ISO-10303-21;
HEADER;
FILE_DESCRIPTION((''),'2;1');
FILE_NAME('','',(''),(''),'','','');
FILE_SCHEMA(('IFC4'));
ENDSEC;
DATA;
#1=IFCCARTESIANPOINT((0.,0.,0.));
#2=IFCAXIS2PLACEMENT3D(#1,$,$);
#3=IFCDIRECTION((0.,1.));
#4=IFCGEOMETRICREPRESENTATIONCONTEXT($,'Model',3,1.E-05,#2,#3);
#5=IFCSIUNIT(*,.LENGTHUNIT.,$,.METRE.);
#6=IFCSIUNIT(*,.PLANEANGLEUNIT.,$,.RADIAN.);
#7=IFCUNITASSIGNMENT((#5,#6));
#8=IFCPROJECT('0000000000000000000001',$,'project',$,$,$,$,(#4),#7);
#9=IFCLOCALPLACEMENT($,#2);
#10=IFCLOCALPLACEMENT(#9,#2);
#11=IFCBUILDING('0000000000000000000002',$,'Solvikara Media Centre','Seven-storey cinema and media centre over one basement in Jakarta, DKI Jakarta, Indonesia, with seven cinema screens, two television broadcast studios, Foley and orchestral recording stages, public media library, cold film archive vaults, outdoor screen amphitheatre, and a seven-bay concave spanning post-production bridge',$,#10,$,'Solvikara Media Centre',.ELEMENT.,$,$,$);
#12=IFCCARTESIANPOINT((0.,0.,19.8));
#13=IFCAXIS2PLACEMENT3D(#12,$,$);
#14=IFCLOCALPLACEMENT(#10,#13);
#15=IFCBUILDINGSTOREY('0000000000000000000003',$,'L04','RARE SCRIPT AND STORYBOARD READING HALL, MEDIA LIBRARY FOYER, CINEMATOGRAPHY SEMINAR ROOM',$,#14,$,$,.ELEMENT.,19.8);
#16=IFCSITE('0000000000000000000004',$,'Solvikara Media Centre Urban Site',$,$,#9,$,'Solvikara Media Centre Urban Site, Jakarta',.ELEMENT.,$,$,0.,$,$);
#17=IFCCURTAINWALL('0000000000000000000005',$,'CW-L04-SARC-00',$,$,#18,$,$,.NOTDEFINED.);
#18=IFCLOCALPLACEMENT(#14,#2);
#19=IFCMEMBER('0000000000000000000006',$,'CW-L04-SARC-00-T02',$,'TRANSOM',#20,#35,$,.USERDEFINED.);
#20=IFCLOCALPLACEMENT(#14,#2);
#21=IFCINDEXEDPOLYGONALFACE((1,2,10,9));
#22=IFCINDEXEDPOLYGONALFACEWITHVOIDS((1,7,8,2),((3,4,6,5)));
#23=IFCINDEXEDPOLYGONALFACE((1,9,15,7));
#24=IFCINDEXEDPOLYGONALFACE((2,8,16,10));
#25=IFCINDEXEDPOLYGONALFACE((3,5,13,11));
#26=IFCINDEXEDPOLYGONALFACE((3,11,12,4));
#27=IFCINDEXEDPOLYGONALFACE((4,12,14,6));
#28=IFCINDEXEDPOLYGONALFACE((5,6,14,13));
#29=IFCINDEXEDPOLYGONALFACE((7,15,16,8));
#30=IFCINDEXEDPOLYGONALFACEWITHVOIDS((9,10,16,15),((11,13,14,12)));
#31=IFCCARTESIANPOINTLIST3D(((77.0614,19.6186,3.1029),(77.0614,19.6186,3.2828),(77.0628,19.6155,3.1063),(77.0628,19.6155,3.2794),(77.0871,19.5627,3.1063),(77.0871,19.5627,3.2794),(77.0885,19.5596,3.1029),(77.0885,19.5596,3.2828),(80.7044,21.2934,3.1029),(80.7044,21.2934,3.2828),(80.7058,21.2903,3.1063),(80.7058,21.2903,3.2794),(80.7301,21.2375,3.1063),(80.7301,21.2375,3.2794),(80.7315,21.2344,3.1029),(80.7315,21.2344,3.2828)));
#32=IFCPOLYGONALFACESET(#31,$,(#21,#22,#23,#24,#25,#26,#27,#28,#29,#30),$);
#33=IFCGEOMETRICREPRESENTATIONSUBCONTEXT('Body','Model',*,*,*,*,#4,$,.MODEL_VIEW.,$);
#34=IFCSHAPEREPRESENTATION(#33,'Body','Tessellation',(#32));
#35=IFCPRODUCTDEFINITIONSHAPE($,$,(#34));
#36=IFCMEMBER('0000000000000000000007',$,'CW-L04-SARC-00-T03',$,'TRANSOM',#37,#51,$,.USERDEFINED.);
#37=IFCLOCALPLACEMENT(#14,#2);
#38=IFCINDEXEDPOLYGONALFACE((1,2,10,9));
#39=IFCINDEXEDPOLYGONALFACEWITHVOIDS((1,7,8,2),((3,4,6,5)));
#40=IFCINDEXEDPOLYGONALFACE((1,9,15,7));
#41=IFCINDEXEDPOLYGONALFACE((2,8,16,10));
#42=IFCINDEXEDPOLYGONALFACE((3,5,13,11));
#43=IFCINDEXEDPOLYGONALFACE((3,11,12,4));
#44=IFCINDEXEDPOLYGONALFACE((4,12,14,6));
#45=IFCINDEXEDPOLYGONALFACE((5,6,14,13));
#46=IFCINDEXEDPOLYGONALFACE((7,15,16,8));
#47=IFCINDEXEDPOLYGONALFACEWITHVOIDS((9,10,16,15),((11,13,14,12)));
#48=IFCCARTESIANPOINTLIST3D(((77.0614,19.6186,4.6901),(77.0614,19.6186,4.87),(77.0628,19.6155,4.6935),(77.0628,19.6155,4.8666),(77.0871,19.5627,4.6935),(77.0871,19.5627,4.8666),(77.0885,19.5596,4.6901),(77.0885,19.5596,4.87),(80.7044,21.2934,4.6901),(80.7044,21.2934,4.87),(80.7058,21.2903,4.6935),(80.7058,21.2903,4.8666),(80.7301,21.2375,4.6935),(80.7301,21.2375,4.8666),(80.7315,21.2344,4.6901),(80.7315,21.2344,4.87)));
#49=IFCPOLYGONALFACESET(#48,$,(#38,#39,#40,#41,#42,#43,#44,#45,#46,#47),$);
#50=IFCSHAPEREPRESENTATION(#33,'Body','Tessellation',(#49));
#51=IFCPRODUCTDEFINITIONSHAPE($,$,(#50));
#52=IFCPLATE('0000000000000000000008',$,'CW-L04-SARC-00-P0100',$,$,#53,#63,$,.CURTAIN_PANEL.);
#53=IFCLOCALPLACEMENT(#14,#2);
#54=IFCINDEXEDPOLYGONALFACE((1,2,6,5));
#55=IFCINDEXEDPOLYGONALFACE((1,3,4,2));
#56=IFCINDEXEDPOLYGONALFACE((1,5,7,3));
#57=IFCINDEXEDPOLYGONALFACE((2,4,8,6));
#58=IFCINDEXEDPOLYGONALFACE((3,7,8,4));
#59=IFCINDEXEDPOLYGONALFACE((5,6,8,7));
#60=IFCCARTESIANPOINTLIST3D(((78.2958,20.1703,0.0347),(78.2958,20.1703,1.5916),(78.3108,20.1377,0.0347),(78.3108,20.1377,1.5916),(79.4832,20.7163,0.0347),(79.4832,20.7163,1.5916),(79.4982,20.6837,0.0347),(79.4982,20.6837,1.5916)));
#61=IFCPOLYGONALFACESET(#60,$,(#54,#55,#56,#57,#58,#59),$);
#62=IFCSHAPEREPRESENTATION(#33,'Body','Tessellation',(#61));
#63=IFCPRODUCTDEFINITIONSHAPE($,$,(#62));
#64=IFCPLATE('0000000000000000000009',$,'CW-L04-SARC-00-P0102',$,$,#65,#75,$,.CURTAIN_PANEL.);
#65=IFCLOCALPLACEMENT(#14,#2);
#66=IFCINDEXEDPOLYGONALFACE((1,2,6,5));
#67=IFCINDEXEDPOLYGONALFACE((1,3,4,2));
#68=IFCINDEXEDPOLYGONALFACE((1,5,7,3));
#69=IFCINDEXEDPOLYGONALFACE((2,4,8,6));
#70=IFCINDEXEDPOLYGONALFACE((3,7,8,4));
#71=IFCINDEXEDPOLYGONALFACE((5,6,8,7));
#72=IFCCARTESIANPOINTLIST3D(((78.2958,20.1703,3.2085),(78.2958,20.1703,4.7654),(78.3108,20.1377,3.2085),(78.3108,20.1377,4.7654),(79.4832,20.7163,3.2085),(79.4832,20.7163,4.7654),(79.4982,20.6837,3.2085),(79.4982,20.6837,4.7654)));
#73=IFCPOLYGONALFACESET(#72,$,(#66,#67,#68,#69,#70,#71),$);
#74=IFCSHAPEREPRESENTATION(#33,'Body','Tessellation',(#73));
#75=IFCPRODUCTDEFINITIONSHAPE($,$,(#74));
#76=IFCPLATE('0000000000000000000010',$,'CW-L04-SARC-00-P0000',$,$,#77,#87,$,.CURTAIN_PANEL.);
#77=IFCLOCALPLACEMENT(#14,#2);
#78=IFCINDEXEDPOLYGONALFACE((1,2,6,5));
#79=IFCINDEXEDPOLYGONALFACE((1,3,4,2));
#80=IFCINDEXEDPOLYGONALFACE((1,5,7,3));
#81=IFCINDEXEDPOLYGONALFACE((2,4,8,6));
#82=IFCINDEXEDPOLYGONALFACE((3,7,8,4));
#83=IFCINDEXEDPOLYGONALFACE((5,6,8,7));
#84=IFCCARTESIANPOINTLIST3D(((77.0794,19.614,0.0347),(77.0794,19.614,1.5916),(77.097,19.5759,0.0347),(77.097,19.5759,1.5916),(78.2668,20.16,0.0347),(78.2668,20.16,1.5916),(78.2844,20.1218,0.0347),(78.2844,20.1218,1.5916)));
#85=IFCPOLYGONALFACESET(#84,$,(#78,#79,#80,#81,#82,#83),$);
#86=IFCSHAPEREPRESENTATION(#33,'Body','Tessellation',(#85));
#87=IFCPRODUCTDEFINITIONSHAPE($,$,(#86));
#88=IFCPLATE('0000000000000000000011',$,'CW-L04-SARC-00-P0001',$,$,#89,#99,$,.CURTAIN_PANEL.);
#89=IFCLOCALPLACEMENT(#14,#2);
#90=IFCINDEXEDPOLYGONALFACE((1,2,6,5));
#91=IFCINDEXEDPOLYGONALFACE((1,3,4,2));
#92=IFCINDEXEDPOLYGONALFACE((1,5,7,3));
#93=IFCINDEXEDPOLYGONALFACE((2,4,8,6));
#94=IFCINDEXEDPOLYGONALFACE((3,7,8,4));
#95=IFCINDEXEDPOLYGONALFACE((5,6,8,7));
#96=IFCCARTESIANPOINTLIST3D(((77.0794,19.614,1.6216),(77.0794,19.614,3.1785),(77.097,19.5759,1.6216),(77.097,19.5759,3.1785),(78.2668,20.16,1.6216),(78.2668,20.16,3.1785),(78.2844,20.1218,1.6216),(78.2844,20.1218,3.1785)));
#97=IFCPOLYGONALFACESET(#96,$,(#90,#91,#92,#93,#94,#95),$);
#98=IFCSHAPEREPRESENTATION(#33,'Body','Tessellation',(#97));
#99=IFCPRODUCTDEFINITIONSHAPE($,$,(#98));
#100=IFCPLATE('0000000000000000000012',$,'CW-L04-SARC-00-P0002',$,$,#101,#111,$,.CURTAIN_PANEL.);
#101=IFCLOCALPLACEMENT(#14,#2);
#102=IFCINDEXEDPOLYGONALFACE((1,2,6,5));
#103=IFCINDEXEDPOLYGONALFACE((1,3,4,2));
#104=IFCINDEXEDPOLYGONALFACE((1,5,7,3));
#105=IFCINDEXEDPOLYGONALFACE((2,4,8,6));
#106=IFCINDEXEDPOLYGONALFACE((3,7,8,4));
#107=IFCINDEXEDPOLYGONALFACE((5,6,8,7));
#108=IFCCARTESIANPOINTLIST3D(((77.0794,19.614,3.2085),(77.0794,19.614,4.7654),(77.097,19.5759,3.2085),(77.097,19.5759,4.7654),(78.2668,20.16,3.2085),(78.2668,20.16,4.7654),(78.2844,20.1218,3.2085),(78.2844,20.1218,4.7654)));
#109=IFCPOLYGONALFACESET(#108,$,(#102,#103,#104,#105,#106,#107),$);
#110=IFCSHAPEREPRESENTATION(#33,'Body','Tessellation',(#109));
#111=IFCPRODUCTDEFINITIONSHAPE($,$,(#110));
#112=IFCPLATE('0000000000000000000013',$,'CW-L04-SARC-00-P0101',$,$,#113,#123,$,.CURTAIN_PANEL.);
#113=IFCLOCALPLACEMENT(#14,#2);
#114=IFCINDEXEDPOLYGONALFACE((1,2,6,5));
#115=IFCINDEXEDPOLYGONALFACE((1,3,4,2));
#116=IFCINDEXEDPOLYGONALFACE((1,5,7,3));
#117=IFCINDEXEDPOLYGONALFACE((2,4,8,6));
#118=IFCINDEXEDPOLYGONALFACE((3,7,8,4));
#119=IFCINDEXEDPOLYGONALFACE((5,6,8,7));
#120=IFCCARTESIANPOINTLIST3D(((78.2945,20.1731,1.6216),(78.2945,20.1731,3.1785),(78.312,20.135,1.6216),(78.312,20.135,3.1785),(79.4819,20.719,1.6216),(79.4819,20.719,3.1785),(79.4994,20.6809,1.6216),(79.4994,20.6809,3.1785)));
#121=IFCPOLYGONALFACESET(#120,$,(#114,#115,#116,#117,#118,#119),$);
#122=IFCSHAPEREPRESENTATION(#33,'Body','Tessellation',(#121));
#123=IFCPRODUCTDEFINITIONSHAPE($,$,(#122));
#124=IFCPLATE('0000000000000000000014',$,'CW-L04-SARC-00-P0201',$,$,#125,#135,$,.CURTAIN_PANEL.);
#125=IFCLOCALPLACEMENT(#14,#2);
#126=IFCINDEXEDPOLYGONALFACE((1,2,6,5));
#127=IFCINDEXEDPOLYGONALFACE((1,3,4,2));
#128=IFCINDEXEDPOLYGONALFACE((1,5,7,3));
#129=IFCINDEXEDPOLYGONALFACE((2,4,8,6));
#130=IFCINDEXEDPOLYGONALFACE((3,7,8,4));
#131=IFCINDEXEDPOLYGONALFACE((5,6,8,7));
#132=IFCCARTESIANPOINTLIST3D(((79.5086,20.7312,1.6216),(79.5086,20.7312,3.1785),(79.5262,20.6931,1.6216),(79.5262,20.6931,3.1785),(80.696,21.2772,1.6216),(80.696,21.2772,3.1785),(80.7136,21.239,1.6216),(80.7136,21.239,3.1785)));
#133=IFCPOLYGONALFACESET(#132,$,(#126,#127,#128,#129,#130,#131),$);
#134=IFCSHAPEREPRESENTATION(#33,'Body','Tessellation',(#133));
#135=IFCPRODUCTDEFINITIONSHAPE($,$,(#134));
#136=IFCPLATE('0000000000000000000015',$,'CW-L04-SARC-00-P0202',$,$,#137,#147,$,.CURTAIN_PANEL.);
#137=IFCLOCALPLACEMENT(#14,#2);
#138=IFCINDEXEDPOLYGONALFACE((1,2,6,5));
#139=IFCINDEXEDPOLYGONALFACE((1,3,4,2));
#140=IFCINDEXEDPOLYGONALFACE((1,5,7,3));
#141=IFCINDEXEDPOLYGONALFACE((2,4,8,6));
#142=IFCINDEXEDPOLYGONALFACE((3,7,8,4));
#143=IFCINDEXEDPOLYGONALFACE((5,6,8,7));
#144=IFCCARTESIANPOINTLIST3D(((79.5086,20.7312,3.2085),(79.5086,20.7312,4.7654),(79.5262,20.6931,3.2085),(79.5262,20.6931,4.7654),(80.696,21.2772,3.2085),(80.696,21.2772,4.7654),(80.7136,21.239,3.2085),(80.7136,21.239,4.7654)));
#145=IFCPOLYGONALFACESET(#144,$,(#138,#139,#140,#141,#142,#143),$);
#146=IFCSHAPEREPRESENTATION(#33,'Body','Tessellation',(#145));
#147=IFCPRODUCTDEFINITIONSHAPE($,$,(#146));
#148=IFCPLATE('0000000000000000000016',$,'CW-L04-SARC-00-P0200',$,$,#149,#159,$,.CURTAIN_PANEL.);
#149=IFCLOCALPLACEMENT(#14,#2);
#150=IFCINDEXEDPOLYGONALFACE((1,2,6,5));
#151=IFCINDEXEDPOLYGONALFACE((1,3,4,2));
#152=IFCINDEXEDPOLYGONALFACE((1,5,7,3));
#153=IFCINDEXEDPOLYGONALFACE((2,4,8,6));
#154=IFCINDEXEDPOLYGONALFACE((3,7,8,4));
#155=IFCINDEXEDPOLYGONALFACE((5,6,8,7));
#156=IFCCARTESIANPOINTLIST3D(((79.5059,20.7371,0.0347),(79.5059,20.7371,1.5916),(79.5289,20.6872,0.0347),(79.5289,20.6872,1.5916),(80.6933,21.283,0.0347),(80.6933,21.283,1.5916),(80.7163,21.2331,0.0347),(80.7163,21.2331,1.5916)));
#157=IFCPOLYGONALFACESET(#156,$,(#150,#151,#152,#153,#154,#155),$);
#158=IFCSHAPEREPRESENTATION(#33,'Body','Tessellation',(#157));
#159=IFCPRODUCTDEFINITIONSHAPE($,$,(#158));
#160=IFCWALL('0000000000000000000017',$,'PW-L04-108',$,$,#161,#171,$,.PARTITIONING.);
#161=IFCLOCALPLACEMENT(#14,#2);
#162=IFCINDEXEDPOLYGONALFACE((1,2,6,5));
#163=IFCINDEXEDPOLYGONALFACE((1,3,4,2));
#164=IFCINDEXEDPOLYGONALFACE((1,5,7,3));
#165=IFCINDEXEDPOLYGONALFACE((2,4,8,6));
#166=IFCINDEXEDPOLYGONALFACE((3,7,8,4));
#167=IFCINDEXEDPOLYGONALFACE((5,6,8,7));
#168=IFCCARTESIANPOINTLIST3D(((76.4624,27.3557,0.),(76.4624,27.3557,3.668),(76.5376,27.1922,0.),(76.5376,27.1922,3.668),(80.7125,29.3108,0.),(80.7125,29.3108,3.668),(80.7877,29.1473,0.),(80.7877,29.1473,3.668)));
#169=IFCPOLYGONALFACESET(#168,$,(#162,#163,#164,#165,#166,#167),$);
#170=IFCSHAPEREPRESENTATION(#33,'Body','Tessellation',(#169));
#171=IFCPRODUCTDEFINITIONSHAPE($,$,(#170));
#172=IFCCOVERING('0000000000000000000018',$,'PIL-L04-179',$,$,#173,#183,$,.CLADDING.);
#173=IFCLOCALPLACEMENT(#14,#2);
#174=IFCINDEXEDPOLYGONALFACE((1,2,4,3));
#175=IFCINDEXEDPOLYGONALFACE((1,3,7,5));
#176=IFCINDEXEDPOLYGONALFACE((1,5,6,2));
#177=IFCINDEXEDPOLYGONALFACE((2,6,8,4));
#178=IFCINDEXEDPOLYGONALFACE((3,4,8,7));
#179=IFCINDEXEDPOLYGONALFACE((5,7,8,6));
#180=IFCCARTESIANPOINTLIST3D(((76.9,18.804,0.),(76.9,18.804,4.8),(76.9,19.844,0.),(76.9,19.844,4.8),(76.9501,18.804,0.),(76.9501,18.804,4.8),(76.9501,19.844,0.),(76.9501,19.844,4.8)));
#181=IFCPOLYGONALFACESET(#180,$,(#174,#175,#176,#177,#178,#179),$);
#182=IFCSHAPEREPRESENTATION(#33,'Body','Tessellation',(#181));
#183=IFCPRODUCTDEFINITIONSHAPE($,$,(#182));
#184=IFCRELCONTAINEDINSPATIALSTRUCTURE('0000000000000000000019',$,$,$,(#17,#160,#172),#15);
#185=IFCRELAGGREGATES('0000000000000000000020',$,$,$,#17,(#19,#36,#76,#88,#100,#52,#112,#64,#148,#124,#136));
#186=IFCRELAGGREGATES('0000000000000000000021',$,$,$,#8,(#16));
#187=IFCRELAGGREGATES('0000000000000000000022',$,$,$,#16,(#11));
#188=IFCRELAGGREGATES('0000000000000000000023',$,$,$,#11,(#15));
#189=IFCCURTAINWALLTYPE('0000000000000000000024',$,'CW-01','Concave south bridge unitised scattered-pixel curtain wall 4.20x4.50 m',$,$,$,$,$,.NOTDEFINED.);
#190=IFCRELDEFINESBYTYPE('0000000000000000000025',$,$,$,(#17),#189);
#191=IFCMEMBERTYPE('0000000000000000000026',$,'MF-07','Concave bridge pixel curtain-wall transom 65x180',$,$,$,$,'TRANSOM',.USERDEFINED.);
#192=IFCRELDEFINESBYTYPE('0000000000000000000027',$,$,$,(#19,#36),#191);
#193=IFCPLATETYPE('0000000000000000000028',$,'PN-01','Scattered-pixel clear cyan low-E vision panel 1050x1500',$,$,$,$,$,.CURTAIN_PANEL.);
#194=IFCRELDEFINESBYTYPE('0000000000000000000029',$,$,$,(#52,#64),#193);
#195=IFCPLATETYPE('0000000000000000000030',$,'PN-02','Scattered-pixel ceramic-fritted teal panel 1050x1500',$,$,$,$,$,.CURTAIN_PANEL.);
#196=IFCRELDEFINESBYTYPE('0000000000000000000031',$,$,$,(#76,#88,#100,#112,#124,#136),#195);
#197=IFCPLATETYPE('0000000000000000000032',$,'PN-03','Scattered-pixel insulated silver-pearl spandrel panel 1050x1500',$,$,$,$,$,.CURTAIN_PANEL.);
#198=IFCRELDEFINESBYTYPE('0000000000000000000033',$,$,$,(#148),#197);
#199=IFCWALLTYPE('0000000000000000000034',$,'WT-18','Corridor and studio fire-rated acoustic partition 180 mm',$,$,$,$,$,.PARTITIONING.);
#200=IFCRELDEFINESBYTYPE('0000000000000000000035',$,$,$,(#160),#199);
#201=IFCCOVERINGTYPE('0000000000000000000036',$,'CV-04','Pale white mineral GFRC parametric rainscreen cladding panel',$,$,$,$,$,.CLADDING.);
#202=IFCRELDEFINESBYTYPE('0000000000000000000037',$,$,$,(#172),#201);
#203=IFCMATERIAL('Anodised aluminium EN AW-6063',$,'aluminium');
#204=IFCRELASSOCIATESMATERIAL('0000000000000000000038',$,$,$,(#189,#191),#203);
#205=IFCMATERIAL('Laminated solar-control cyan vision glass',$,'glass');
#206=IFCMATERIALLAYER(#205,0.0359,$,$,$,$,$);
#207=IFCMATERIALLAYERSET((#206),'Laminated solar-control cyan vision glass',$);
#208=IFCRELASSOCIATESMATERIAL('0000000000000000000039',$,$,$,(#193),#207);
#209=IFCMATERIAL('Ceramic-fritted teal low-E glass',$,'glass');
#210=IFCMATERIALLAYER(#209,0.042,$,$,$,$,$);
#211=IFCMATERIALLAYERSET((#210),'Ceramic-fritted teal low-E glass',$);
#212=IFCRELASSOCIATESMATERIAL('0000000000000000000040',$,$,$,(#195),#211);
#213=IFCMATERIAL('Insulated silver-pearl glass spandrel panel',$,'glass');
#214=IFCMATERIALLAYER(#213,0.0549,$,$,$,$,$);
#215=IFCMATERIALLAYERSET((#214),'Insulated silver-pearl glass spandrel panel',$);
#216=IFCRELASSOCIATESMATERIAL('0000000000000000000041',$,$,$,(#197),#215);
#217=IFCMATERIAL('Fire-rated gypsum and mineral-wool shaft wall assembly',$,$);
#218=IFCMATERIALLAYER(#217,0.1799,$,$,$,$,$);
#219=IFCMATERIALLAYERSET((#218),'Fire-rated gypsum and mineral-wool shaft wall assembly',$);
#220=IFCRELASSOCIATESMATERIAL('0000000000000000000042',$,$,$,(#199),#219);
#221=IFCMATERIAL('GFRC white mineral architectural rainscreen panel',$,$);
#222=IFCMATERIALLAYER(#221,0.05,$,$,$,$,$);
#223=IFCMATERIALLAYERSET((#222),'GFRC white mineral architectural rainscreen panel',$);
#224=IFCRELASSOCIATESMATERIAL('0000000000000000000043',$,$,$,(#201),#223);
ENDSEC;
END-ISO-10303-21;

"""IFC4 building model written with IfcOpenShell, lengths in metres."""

from ifc_helpers import new_model, si_unit, direction, frame, frame_2d, origin, origin_2d, place, context, subcontext, project, spatial, rectangle, hollow_rectangle, extrude, material, layer, layer_set, material_profile, profile_set, type_object, element, aggregate, save


model = new_model("IFC4")

# Units and contexts
model_context = context("Model", 3, precision=1e-05, world=origin(), true_north=direction((0.0, 1.0)))
body_context = subcontext(model_context, "Body", "Model", "MODEL_VIEW")
ifc_project = project(units=[si_unit("LENGTHUNIT", "METRE"), si_unit("PLANEANGLEUNIT", "RADIAN")], contexts=[model_context])

# Site, building, storey
site_placement = place(None, origin())
site = spatial("IfcSite", under=ifc_project, at=site_placement, Name="Solvikara Media Centre Urban Site", LongName="Solvikara Media Centre Urban Site, Jakarta", CompositionType="ELEMENT", RefElevation=0.0)
building_placement = place(site_placement, origin())
building = spatial("IfcBuilding", under=site, at=building_placement, Name="Solvikara Media Centre", Description="Seven-storey cinema and media centre over one basement in Jakarta, DKI Jakarta, Indonesia, with seven cinema screens, two television broadcast studios, Foley and orchestral recording stages, public media library, cold film archive vaults, outdoor screen amphitheatre, and a seven-bay concave spanning post-production bridge", LongName="Solvikara Media Centre", CompositionType="ELEMENT")
storey_placement = place(building_placement, frame((0.0, 0.0, 19.8)))
storey = spatial("IfcBuildingStorey", under=building, at=storey_placement, Name="L04", Description="RARE SCRIPT AND STORYBOARD READING HALL, MEDIA LIBRARY FOYER, CINEMATOGRAPHY SEMINAR ROOM", CompositionType="ELEMENT", Elevation=19.8)

# Curtain wall, members, plates
ifc_material_1 = material(Name="Anodised aluminium EN AW-6063", Category="aluminium")
curtain_wall_type = type_object("IfcCurtainWallType", Name="CW-01", Description="Concave south bridge unitised scattered-pixel curtain wall 4.20x4.50 m", PredefinedType="NOTDEFINED", material=ifc_material_1)
curtain_wall_placement = place(storey_placement, origin())
curtain_wall = element("IfcCurtainWall", 1, at=curtain_wall_placement, inside=storey, type_object=curtain_wall_type, Name="CW-L04-SARC-00", PredefinedType="NOTDEFINED")
ifc_material_profile_1 = material_profile(ifc_material_1, hollow_rectangle(XDim=0.0649, YDim=0.1799, WallThickness=0.0034, at=origin_2d()), Name="ALU-T 65x180x3.5")
ifc_profile_set_1 = profile_set([ifc_material_profile_1], Name="Anodised aluminium EN AW-6063")
member_type_1 = type_object("IfcMemberType", Name="MF-07", Description="Concave bridge pixel curtain-wall transom 65x180", ElementType="TRANSOM", PredefinedType="USERDEFINED", material=ifc_profile_set_1)
member_1_placement = place(storey_placement, frame((77.075, 19.5891, 3.1929), z_axis=(0.908586, 0.417699, 0.0), x_axis=(-0.417699, 0.908586, 0.0)))
member_1 = element("IfcMember", 2, at=member_1_placement, type_object=member_type_1, Name="CW-L04-SARC-00-T02", ObjectType="TRANSOM", PredefinedType="USERDEFINED", context=body_context, shape_type="SweptSolid", body=[
    extrude(hollow_rectangle(XDim=0.0649, YDim=0.1799, WallThickness=0.0034, at=origin_2d()), origin(), (0.0, 0.0, 1.0), 4.0095),
])
member_2_placement = place(storey_placement, frame((77.075, 19.5891, 4.78), z_axis=(0.908586, 0.417699, 0.0), x_axis=(-0.417699, 0.908586, 0.0)))
member_2 = element("IfcMember", 3, at=member_2_placement, type_object=member_type_1, Name="CW-L04-SARC-00-T03", ObjectType="TRANSOM", PredefinedType="USERDEFINED", context=body_context, shape_type="SweptSolid", body=[
    extrude(hollow_rectangle(XDim=0.0649, YDim=0.1799, WallThickness=0.0034, at=origin_2d()), origin(), (0.0, 0.0, 1.0), 4.0095),
])
ifc_material_2 = material(Name="Laminated solar-control cyan vision glass", Category="glass")
ifc_layer_1 = layer(ifc_material_2, 0.0359)
ifc_layer_set_1 = layer_set([ifc_layer_1], Name="Laminated solar-control cyan vision glass")
plate_type_1 = type_object("IfcPlateType", Name="PN-01", Description="Scattered-pixel clear cyan low-E vision panel 1050x1500", PredefinedType="CURTAIN_PANEL", material=ifc_layer_set_1)
plate_1_placement = place(storey_placement, frame((78.897, 20.427, 0.0347), z_axis=(0.0, 0.0, 1.0), x_axis=(0.908567, 0.41774, 0.0)))
plate_1 = element("IfcPlate", 4, at=plate_1_placement, type_object=plate_type_1, Name="CW-L04-SARC-00-P0100", PredefinedType="CURTAIN_PANEL", context=body_context, shape_type="SweptSolid", body=[
    extrude(rectangle(XDim=1.3069, YDim=0.0359, at=origin_2d()), origin(), (0.0, 0.0, 1.0), 1.5569),
])
plate_2_placement = place(storey_placement, frame((78.897, 20.427, 3.2085), z_axis=(0.0, 0.0, 1.0), x_axis=(0.908567, 0.41774, 0.0)))
plate_2 = element("IfcPlate", 5, at=plate_2_placement, type_object=plate_type_1, Name="CW-L04-SARC-00-P0102", PredefinedType="CURTAIN_PANEL", context=body_context, shape_type="SweptSolid", body=[
    extrude(rectangle(XDim=1.3069, YDim=0.0359, at=origin_2d()), origin(), (0.0, 0.0, 1.0), 1.5569),
])
ifc_material_3 = material(Name="Ceramic-fritted teal low-E glass", Category="glass")
ifc_layer_2 = layer(ifc_material_3, 0.042)
ifc_layer_set_2 = layer_set([ifc_layer_2], Name="Ceramic-fritted teal low-E glass")
plate_type_2 = type_object("IfcPlateType", Name="PN-02", Description="Scattered-pixel ceramic-fritted teal panel 1050x1500", PredefinedType="CURTAIN_PANEL", material=ifc_layer_set_2)
plate_3_placement = place(storey_placement, frame((77.6819, 19.8679, 0.0347), z_axis=(0.0, 0.0, 1.0), x_axis=(0.908567, 0.41774, 0.0)))
plate_3 = element("IfcPlate", 6, at=plate_3_placement, type_object=plate_type_2, Name="CW-L04-SARC-00-P0000", PredefinedType="CURTAIN_PANEL", context=body_context, shape_type="SweptSolid", body=[
    extrude(rectangle(XDim=1.3069, YDim=0.042, at=origin_2d()), origin(), (0.0, 0.0, 1.0), 1.5569),
])
plate_4_placement = place(storey_placement, frame((77.6819, 19.8679, 1.6216), z_axis=(0.0, 0.0, 1.0), x_axis=(0.908567, 0.41774, 0.0)))
plate_4 = element("IfcPlate", 7, at=plate_4_placement, type_object=plate_type_2, Name="CW-L04-SARC-00-P0001", PredefinedType="CURTAIN_PANEL", context=body_context, shape_type="SweptSolid", body=[
    extrude(rectangle(XDim=1.3069, YDim=0.042, at=origin_2d()), origin(), (0.0, 0.0, 1.0), 1.5569),
])
plate_5_placement = place(storey_placement, frame((77.6819, 19.8679, 3.2085), z_axis=(0.0, 0.0, 1.0), x_axis=(0.908567, 0.41774, 0.0)))
plate_5 = element("IfcPlate", 8, at=plate_5_placement, type_object=plate_type_2, Name="CW-L04-SARC-00-P0002", PredefinedType="CURTAIN_PANEL", context=body_context, shape_type="SweptSolid", body=[
    extrude(rectangle(XDim=1.3069, YDim=0.042, at=origin_2d()), origin(), (0.0, 0.0, 1.0), 1.5569),
])
plate_6_placement = place(storey_placement, frame((78.897, 20.427, 1.6216), z_axis=(0.0, 0.0, 1.0), x_axis=(0.908567, 0.41774, 0.0)))
plate_6 = element("IfcPlate", 9, at=plate_6_placement, type_object=plate_type_2, Name="CW-L04-SARC-00-P0101", PredefinedType="CURTAIN_PANEL", context=body_context, shape_type="SweptSolid", body=[
    extrude(rectangle(XDim=1.3069, YDim=0.042, at=origin_2d()), origin(), (0.0, 0.0, 1.0), 1.5569),
])
plate_7_placement = place(storey_placement, frame((80.1111, 20.9851, 1.6216), z_axis=(0.0, 0.0, 1.0), x_axis=(0.908567, 0.41774, 0.0)))
plate_7 = element("IfcPlate", 10, at=plate_7_placement, type_object=plate_type_2, Name="CW-L04-SARC-00-P0201", PredefinedType="CURTAIN_PANEL", context=body_context, shape_type="SweptSolid", body=[
    extrude(rectangle(XDim=1.3069, YDim=0.042, at=origin_2d()), origin(), (0.0, 0.0, 1.0), 1.5569),
])
plate_8_placement = place(storey_placement, frame((80.1111, 20.9851, 3.2085), z_axis=(0.0, 0.0, 1.0), x_axis=(0.908567, 0.41774, 0.0)))
plate_8 = element("IfcPlate", 11, at=plate_8_placement, type_object=plate_type_2, Name="CW-L04-SARC-00-P0202", PredefinedType="CURTAIN_PANEL", context=body_context, shape_type="SweptSolid", body=[
    extrude(rectangle(XDim=1.3069, YDim=0.042, at=origin_2d()), origin(), (0.0, 0.0, 1.0), 1.5569),
])
ifc_material_4 = material(Name="Insulated silver-pearl glass spandrel panel", Category="glass")
ifc_layer_3 = layer(ifc_material_4, 0.0549)
ifc_layer_set_3 = layer_set([ifc_layer_3], Name="Insulated silver-pearl glass spandrel panel")
plate_type_3 = type_object("IfcPlateType", Name="PN-03", Description="Scattered-pixel insulated silver-pearl spandrel panel 1050x1500", PredefinedType="CURTAIN_PANEL", material=ifc_layer_set_3)
plate_9_placement = place(storey_placement, frame((80.1111, 20.9851, 0.0347), z_axis=(0.0, 0.0, 1.0), x_axis=(0.908567, 0.41774, 0.0)))
plate_9 = element("IfcPlate", 12, at=plate_9_placement, type_object=plate_type_3, Name="CW-L04-SARC-00-P0200", PredefinedType="CURTAIN_PANEL", context=body_context, shape_type="SweptSolid", body=[
    extrude(rectangle(XDim=1.3069, YDim=0.0549, at=origin_2d()), origin(), (0.0, 0.0, 1.0), 1.5569),
])
aggregate(curtain_wall, [member_1, member_2, plate_3, plate_4, plate_5, plate_1, plate_6, plate_2, plate_9, plate_7, plate_8])

# Wall
ifc_material_5 = material(Name="Fire-rated gypsum and mineral-wool shaft wall assembly")
ifc_layer_4 = layer(ifc_material_5, 0.1799)
ifc_layer_set_4 = layer_set([ifc_layer_4], Name="Fire-rated gypsum and mineral-wool shaft wall assembly")
wall_type = type_object("IfcWallType", Name="WT-18", Description="Corridor and studio fire-rated acoustic partition 180 mm", PredefinedType="PARTITIONING", material=ifc_layer_set_4)
wall_placement = place(storey_placement, frame((76.5, 27.2739, 0.0), z_axis=(0.0, 0.0, 1.0), x_axis=(0.908484, 0.417919, 0.0)))
element("IfcWall", 13, at=wall_placement, inside=storey, type_object=wall_type, Name="PW-L04-108", PredefinedType="PARTITIONING", context=body_context, shape_type="SweptSolid", body=[
    extrude(rectangle(XDim=4.6782, YDim=0.1799, at=frame_2d((2.3391, 0.0))), origin(), (0.0, 0.0, 1.0), 3.668),
])

# Covering
ifc_material_6 = material(Name="GFRC white mineral architectural rainscreen panel")
ifc_layer_5 = layer(ifc_material_6, 0.05)
ifc_layer_set_5 = layer_set([ifc_layer_5], Name="GFRC white mineral architectural rainscreen panel")
covering_type_1 = type_object("IfcCoveringType", Name="CV-04", Description="Pale white mineral GFRC parametric rainscreen cladding panel", PredefinedType="CLADDING", material=ifc_layer_set_5)
covering_1_placement = place(storey_placement, frame((76.925, 19.324, 0.0), z_axis=(0.0, 0.0, 1.0), x_axis=(0.0, 1.0, 0.0)))
element("IfcCovering", 14, at=covering_1_placement, inside=storey, type_object=covering_type_1, Name="PIL-L04-179", PredefinedType="CLADDING", context=body_context, shape_type="SweptSolid", body=[
    extrude(rectangle(XDim=1.04, YDim=0.05, at=origin_2d()), origin(), (0.0, 0.0, 1.0), 4.8),
])

save(model, "model.ifc")
